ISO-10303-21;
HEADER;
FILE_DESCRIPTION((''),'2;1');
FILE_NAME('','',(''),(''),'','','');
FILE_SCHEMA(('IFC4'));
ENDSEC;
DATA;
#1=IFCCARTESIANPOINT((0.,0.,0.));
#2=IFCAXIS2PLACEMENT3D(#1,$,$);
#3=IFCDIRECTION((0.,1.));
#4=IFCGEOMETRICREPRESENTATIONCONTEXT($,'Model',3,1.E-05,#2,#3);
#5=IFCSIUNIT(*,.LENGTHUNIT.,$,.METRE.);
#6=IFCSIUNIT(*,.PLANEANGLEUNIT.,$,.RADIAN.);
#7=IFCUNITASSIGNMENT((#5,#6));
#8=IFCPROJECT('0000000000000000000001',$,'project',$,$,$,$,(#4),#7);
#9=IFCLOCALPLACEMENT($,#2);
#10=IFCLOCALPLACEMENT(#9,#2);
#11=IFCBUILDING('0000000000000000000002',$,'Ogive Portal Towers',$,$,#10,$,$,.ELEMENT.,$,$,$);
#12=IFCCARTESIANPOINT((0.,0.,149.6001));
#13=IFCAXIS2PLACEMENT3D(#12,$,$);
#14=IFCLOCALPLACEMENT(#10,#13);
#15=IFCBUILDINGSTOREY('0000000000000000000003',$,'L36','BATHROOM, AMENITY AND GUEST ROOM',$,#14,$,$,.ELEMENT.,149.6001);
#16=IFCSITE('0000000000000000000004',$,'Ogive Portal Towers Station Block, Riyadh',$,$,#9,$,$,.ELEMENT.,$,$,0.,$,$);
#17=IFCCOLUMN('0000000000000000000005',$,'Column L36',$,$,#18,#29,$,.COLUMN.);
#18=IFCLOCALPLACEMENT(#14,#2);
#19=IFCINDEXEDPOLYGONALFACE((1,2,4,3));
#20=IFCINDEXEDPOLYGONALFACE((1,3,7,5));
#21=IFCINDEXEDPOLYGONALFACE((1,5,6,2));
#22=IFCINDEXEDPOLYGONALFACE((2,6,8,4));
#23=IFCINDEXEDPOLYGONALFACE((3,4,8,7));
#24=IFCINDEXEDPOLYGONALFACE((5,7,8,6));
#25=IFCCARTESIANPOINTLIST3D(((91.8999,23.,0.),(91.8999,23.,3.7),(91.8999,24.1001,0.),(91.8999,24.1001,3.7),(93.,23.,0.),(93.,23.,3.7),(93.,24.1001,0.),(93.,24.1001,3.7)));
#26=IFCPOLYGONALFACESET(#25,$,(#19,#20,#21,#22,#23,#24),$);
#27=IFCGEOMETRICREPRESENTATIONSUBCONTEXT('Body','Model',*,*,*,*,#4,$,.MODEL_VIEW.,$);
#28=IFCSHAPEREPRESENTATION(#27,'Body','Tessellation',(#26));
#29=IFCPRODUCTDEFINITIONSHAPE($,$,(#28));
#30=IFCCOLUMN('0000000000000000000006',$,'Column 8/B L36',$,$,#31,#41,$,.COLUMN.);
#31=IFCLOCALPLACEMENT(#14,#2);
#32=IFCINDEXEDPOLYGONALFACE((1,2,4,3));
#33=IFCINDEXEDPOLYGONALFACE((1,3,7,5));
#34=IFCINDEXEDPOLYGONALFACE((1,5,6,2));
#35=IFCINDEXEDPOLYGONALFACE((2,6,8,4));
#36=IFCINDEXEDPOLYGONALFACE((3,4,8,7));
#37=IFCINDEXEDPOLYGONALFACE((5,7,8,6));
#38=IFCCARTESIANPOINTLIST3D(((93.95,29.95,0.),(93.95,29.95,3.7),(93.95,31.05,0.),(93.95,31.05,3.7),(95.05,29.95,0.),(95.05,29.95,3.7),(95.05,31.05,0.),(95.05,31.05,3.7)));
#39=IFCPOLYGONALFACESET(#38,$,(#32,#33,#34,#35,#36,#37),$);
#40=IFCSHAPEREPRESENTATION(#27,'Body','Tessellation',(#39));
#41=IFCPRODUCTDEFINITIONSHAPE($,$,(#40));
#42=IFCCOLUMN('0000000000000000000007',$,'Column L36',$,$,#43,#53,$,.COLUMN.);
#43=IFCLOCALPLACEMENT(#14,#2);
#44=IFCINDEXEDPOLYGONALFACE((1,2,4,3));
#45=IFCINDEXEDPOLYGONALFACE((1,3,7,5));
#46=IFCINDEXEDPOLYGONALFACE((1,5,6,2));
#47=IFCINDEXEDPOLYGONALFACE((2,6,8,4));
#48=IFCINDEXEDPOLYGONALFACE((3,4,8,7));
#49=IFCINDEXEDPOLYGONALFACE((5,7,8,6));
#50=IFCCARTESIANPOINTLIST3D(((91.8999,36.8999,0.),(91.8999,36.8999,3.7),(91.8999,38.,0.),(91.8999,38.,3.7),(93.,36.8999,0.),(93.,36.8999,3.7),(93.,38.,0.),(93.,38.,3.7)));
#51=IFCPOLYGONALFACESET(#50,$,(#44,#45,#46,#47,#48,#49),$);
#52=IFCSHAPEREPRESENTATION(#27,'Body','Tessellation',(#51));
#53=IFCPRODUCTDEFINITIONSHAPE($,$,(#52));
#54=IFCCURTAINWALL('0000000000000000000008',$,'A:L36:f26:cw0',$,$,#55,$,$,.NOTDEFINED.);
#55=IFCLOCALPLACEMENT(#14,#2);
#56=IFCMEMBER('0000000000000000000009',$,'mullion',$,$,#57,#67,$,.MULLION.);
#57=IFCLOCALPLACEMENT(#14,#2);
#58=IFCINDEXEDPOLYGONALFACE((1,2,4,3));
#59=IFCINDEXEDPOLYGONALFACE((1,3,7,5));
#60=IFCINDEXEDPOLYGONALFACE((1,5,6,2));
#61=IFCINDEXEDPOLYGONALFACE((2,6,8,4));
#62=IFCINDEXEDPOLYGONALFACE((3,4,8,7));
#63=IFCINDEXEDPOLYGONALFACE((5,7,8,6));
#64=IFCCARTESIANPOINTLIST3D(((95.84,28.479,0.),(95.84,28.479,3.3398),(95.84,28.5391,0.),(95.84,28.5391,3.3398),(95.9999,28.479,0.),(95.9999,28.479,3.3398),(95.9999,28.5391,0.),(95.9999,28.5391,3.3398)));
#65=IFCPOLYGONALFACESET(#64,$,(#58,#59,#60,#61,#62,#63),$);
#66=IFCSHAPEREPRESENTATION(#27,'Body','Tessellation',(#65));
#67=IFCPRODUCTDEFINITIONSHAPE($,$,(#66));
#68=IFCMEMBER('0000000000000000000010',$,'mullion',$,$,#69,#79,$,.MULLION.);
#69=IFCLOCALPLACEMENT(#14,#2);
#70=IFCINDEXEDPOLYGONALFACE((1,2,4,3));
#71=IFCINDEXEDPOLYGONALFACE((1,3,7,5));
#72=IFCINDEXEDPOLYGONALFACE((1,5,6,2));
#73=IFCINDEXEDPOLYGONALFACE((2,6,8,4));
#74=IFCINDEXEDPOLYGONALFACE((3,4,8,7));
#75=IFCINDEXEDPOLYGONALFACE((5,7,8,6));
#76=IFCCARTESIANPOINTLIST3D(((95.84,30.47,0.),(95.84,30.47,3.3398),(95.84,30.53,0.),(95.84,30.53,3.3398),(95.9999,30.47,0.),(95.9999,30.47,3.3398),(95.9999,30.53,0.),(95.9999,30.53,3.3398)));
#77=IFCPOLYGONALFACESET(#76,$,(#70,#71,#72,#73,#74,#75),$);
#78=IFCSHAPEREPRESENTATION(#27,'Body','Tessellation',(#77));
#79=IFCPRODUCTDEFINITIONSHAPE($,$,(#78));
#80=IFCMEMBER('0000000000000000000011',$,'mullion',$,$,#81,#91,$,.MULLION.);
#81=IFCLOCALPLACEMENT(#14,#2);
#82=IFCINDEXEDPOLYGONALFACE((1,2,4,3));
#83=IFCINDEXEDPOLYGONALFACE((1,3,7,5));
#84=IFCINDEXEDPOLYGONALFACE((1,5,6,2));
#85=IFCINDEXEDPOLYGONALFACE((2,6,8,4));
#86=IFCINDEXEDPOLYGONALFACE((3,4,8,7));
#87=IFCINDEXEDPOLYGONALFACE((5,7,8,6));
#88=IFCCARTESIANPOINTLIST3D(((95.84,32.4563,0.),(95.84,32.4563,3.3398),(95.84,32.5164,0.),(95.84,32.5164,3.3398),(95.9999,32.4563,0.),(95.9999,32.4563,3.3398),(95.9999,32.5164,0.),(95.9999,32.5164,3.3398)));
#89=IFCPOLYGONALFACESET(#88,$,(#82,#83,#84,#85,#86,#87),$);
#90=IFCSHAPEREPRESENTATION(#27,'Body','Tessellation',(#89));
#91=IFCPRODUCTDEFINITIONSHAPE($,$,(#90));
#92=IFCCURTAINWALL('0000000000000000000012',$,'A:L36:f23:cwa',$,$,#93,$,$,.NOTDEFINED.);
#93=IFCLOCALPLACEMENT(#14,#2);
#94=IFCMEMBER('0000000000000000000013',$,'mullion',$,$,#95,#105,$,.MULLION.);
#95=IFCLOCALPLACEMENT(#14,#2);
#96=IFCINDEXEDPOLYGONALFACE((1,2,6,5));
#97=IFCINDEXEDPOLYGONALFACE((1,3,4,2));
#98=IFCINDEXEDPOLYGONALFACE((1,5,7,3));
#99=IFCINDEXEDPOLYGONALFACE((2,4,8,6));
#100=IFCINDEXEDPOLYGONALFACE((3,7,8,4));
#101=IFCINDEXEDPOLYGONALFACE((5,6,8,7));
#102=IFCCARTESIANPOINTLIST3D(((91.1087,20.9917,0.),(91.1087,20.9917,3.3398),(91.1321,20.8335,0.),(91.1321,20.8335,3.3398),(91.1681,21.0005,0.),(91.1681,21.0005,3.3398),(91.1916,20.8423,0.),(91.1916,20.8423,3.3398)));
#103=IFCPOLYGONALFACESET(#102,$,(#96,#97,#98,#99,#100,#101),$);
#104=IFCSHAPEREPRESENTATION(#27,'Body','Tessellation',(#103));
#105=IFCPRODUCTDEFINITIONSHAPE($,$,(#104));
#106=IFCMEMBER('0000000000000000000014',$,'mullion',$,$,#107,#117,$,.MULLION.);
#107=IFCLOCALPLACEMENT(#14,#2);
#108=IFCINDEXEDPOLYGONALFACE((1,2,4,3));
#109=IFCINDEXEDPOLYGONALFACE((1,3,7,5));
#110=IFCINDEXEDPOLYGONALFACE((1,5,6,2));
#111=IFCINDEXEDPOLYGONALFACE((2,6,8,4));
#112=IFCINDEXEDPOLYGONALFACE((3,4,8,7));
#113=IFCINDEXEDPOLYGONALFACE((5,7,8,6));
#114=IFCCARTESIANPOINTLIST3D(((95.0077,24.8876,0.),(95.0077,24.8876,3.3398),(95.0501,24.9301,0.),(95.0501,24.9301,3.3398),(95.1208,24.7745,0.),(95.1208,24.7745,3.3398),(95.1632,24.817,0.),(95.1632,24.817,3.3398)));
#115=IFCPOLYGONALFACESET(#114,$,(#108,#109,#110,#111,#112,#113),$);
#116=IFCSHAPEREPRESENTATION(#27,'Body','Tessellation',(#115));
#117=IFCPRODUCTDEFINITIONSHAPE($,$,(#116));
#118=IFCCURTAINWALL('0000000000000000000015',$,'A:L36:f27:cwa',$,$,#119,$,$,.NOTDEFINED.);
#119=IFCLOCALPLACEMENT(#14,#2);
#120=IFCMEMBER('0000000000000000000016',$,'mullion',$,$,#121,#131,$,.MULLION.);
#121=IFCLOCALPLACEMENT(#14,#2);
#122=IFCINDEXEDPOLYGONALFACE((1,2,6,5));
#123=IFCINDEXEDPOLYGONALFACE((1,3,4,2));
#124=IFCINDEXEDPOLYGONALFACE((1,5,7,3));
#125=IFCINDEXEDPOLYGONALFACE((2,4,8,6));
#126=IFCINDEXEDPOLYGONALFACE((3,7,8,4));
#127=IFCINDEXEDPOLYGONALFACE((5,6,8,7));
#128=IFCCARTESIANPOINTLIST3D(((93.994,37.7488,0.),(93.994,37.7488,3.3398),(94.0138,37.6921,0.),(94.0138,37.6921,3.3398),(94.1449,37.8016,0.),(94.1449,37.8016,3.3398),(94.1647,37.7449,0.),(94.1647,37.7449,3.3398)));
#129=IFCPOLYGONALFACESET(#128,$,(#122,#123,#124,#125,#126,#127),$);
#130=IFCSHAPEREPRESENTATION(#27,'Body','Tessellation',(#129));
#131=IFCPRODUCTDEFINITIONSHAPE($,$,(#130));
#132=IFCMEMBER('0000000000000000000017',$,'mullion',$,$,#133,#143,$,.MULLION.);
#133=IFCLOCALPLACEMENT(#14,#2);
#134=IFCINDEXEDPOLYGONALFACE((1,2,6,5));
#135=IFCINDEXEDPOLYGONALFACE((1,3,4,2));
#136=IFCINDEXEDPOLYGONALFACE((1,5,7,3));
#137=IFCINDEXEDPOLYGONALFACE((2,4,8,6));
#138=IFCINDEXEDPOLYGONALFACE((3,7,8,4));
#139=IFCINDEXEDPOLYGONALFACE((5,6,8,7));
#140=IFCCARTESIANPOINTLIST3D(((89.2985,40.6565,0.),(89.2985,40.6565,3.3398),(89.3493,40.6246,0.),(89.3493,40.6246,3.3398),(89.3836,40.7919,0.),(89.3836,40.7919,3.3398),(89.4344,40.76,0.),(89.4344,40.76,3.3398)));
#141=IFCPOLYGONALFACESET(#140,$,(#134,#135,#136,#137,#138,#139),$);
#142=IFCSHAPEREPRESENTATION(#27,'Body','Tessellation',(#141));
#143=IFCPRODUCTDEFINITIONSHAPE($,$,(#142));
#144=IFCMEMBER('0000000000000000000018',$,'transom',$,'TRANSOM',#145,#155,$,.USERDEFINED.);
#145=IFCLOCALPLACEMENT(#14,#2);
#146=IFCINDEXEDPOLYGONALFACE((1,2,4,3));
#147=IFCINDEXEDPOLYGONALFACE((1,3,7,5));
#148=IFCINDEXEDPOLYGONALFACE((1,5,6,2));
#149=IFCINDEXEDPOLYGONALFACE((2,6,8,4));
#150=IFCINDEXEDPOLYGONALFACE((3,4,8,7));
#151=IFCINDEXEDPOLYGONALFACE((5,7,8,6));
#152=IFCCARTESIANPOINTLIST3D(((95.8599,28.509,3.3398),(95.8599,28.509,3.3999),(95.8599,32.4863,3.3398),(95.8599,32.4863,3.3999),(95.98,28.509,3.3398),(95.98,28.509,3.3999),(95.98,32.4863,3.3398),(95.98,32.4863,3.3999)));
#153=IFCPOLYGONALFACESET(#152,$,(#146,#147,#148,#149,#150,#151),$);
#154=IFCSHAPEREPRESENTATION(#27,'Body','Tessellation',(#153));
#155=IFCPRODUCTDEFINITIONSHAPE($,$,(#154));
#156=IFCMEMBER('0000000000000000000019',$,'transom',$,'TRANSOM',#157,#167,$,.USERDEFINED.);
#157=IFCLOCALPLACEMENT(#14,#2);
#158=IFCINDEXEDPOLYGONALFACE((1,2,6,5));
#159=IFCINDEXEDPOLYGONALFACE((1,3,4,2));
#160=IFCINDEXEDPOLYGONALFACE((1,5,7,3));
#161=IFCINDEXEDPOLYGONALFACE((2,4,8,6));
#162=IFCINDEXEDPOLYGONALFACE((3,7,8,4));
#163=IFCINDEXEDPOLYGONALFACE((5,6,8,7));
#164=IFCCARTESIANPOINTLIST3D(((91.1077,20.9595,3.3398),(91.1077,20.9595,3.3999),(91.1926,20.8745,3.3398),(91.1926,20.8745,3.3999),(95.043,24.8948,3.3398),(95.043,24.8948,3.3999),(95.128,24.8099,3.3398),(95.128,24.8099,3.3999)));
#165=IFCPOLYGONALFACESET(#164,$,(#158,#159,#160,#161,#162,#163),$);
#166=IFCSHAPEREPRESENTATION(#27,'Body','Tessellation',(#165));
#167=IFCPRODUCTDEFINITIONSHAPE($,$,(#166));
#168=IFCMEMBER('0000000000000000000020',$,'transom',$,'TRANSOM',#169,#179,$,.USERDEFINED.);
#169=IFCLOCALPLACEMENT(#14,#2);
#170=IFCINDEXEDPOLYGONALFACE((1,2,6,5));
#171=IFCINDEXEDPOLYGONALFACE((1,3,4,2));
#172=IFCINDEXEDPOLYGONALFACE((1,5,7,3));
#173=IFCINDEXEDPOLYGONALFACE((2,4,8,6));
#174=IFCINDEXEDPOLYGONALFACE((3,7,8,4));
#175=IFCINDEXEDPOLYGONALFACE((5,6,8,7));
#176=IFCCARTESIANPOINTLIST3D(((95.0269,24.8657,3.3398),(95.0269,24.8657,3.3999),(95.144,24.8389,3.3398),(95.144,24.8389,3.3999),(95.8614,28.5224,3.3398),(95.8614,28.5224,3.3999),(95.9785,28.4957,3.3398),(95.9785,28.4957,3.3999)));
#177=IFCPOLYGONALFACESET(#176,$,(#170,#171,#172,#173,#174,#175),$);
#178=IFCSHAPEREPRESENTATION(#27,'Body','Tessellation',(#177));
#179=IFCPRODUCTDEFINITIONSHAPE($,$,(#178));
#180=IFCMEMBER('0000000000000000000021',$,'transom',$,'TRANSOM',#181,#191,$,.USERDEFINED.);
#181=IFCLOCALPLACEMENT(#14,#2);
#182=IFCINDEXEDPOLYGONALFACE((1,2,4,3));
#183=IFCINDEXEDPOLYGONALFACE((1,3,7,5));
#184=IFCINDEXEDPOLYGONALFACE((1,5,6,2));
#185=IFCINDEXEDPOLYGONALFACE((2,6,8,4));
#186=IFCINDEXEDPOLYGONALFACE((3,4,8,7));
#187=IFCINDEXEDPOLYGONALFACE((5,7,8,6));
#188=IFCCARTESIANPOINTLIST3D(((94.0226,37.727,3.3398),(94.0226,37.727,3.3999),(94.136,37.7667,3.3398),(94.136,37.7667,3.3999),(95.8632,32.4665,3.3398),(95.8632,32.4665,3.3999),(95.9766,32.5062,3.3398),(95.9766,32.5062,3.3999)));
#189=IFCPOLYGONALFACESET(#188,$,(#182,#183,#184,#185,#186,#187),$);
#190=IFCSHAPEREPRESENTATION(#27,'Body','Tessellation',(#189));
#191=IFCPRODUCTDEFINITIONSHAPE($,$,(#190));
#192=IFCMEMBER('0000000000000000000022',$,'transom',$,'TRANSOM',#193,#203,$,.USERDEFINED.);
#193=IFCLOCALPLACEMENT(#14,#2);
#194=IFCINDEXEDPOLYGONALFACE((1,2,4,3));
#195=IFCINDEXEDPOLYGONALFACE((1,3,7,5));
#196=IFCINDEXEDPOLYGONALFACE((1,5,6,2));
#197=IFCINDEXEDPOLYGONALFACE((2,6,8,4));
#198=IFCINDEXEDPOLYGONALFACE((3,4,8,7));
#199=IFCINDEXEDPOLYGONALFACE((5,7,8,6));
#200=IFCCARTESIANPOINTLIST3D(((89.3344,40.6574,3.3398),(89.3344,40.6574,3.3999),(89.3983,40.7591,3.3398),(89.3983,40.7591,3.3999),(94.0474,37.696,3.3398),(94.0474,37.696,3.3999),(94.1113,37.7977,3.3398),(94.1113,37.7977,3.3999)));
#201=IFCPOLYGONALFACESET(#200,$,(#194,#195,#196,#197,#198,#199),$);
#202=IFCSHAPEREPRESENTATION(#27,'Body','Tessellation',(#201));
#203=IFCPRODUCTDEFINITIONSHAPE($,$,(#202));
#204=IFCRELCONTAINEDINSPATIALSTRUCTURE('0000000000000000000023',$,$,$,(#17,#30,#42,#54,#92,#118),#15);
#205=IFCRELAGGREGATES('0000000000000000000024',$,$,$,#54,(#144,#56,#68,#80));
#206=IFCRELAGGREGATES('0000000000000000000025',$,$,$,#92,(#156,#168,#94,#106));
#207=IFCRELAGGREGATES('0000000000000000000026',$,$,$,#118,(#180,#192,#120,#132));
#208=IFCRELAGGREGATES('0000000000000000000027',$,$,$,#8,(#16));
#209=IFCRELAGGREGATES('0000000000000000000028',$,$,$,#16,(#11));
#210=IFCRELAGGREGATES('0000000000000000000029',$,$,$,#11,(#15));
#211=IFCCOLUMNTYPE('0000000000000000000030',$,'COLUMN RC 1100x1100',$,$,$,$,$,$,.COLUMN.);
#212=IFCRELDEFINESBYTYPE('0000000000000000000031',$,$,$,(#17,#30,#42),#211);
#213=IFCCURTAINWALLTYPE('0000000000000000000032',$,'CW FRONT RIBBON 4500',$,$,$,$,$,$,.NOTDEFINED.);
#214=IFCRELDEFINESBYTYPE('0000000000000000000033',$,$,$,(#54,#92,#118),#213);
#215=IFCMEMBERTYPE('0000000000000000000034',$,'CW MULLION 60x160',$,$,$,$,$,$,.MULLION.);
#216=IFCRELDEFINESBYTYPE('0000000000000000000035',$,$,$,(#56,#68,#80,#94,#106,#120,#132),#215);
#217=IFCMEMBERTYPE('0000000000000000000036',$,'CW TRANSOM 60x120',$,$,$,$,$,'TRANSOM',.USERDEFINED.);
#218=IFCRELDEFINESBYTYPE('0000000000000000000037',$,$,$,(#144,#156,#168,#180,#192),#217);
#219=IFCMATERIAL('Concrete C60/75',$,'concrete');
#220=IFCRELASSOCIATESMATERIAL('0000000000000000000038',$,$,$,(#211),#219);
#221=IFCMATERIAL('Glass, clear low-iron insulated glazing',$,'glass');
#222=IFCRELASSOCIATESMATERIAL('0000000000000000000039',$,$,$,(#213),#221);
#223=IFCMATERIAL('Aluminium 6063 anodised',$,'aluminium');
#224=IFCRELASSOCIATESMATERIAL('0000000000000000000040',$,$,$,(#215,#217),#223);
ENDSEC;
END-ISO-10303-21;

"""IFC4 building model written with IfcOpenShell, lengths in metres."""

from ifc_helpers import new_model, si_unit, direction, frame, origin, origin_2d, place, context, subcontext, project, spatial, rectangle, extrude, material, material_profile, profile_set, type_object, element, aggregate, save


model = new_model("IFC4")

# Units and contexts
model_context = context("Model", 3, precision=1e-05, world=origin(), true_north=direction((0.0, 1.0)))
body_context = subcontext(model_context, "Body", "Model", "MODEL_VIEW")
ifc_project = project(units=[si_unit("LENGTHUNIT", "METRE"), si_unit("PLANEANGLEUNIT", "RADIAN")], contexts=[model_context])

# Site, building, storey
site_placement = place(None, origin())
site = spatial("IfcSite", under=ifc_project, at=site_placement, Name="Ogive Portal Towers Station Block, Riyadh", CompositionType="ELEMENT", RefElevation=0.0)
building_placement = place(site_placement, origin())
building = spatial("IfcBuilding", under=site, at=building_placement, Name="Ogive Portal Towers", CompositionType="ELEMENT")
storey_placement = place(building_placement, frame((0.0, 0.0, 149.6001)))
storey = spatial("IfcBuildingStorey", under=building, at=storey_placement, Name="L36", Description="BATHROOM, AMENITY AND GUEST ROOM", CompositionType="ELEMENT", Elevation=149.6001)

# Columns
ifc_material_1 = material(Name="Concrete C60/75", Category="concrete")
ifc_material_profile_1 = material_profile(ifc_material_1, rectangle(XDim=1.1001, YDim=1.1001, at=origin_2d()), Name="RC 1100x1100")
ifc_profile_set_1 = profile_set([ifc_material_profile_1], Name="Concrete C60/75")
column_type = type_object("IfcColumnType", Name="COLUMN RC 1100x1100", PredefinedType="COLUMN", material=ifc_profile_set_1)
for number, where, z_axis, x_axis, name in (
    (1, (92.45, 23.55, 0.0), (0.0, 0.0, 1.0), (1.0, 0.0, 0.0), "Column L36"),
    (2, (94.5, 30.5, 0.0), (0.0, 0.0, 1.0), (1.0, 0.0, 0.0), "Column 8/B L36"),
    (3, (92.45, 37.45, 0.0), (0.0, 0.0, 1.0), (1.0, 0.0, 0.0), "Column L36"),
):
    element("IfcColumn", number, at=place(storey_placement, frame(where, z_axis=z_axis, x_axis=x_axis)), inside=storey, type_object=column_type, Name=name, PredefinedType="COLUMN", context=body_context, shape_type="SweptSolid", body=[
        extrude(rectangle(XDim=1.1001, YDim=1.1001, at=origin_2d()), origin(), (0.0, 0.0, 1.0), 3.7),
    ])

# Curtain walls, members
ifc_material_2 = material(Name="Glass, clear low-iron insulated glazing", Category="glass")
curtain_wall_type = type_object("IfcCurtainWallType", Name="CW FRONT RIBBON 4500", PredefinedType="NOTDEFINED", material=ifc_material_2)
curtain_wall_1_placement = place(storey_placement, origin())
curtain_wall_1 = element("IfcCurtainWall", 4, at=curtain_wall_1_placement, inside=storey, type_object=curtain_wall_type, Name="A:L36:f26:cw0", PredefinedType="NOTDEFINED")
ifc_material_3 = material(Name="Aluminium 6063 anodised", Category="aluminium")
ifc_material_profile_2 = material_profile(ifc_material_3, rectangle(XDim=0.1599, YDim=0.0601, at=origin_2d()), Name="AL 60x160")
ifc_profile_set_2 = profile_set([ifc_material_profile_2], Name="Aluminium 6063 anodised")
member_type_1 = type_object("IfcMemberType", Name="CW MULLION 60x160", PredefinedType="MULLION", material=ifc_profile_set_2)
member_1_placement = place(storey_placement, frame((95.9199, 28.509, 0.0), z_axis=(0.0, 0.0, 1.0), x_axis=(-1.0, 0.0, 0.0)))
member_1 = element("IfcMember", 5, at=member_1_placement, type_object=member_type_1, Name="mullion", PredefinedType="MULLION", context=body_context, shape_type="SweptSolid", body=[
    extrude(rectangle(XDim=0.1599, YDim=0.0601, at=origin_2d()), origin(), (0.0, 0.0, 1.0), 3.3398),
])
member_2_placement = place(storey_placement, frame((95.9199, 30.5, 0.0), z_axis=(0.0, 0.0, 1.0), x_axis=(-1.0, 0.0, 0.0)))
member_2 = element("IfcMember", 6, at=member_2_placement, type_object=member_type_1, Name="mullion", PredefinedType="MULLION", context=body_context, shape_type="SweptSolid", body=[
    extrude(rectangle(XDim=0.1599, YDim=0.0601, at=origin_2d()), origin(), (0.0, 0.0, 1.0), 3.3398),
])
member_3_placement = place(storey_placement, frame((95.9199, 32.4863, 0.0), z_axis=(0.0, 0.0, 1.0), x_axis=(-1.0, 0.0, 0.0)))
member_3 = element("IfcMember", 7, at=member_3_placement, type_object=member_type_1, Name="mullion", PredefinedType="MULLION", context=body_context, shape_type="SweptSolid", body=[
    extrude(rectangle(XDim=0.1599, YDim=0.0601, at=origin_2d()), origin(), (0.0, 0.0, 1.0), 3.3398),
])
curtain_wall_2_placement = place(storey_placement, origin())
curtain_wall_2 = element("IfcCurtainWall", 8, at=curtain_wall_2_placement, inside=storey, type_object=curtain_wall_type, Name="A:L36:f23:cwa", PredefinedType="NOTDEFINED")
member_4_placement = place(storey_placement, frame((91.1501, 20.917, 0.0), z_axis=(0.0, 0.0, 1.0), x_axis=(-0.146395, 0.989226, 0.0)))
member_4 = element("IfcMember", 9, at=member_4_placement, type_object=member_type_1, Name="mullion", PredefinedType="MULLION", context=body_context, shape_type="SweptSolid", body=[
    extrude(rectangle(XDim=0.1599, YDim=0.0601, at=origin_2d()), origin(), (0.0, 0.0, 1.0), 3.3398),
])
member_5_placement = place(storey_placement, frame((95.0854, 24.8523, 0.0), z_axis=(0.0, 0.0, 1.0), x_axis=(-0.707107, 0.707107, 0.0)))
member_5 = element("IfcMember", 10, at=member_5_placement, type_object=member_type_1, Name="mullion", PredefinedType="MULLION", context=body_context, shape_type="SweptSolid", body=[
    extrude(rectangle(XDim=0.1599, YDim=0.0601, at=origin_2d()), origin(), (0.0, 0.0, 1.0), 3.3398),
])
curtain_wall_3_placement = place(storey_placement, origin())
curtain_wall_3 = element("IfcCurtainWall", 11, at=curtain_wall_3_placement, inside=storey, type_object=curtain_wall_type, Name="A:L36:f27:cwa", PredefinedType="NOTDEFINED")
member_6_placement = place(storey_placement, frame((94.0793, 37.7468, 0.0), z_axis=(0.0, 0.0, 1.0), x_axis=(-0.943883, -0.330279, 0.0)))
member_6 = element("IfcMember", 12, at=member_6_placement, type_object=member_type_1, Name="mullion", PredefinedType="MULLION", context=body_context, shape_type="SweptSolid", body=[
    extrude(rectangle(XDim=0.1599, YDim=0.0601, at=origin_2d()), origin(), (0.0, 0.0, 1.0), 3.3398),
])
member_7_placement = place(storey_placement, frame((89.3665, 40.7083, 0.0), z_axis=(0.0, 0.0, 1.0), x_axis=(-0.532032, -0.846724, 0.0)))
member_7 = element("IfcMember", 13, at=member_7_placement, type_object=member_type_1, Name="mullion", PredefinedType="MULLION", context=body_context, shape_type="SweptSolid", body=[
    extrude(rectangle(XDim=0.1599, YDim=0.0601, at=origin_2d()), origin(), (0.0, 0.0, 1.0), 3.3398),
])

# Members
ifc_material_profile_3 = material_profile(ifc_material_3, rectangle(XDim=0.1201, YDim=0.0601, at=origin_2d()), Name="AL 120x60")
ifc_profile_set_3 = profile_set([ifc_material_profile_3], Name="Aluminium 6063 anodised")
member_type_2 = type_object("IfcMemberType", Name="CW TRANSOM 60x120", ElementType="TRANSOM", PredefinedType="USERDEFINED", material=ifc_profile_set_3)
member_8_placement = place(storey_placement, frame((95.9199, 28.509, 3.3699), z_axis=(0.0, 1.0, 0.0), x_axis=(-1.0, 0.0, 0.0)))
member_8 = element("IfcMember", 14, at=member_8_placement, type_object=member_type_2, Name="transom", ObjectType="TRANSOM", PredefinedType="USERDEFINED", context=body_context, shape_type="SweptSolid", body=[
    extrude(rectangle(XDim=0.1201, YDim=0.0601, at=origin_2d()), origin(), (0.0, 0.0, 1.0), 3.9773),
])
member_9_placement = place(storey_placement, frame((91.1501, 20.917, 3.3699), z_axis=(0.707107, 0.707107, 0.0), x_axis=(-0.707107, 0.707107, 0.0)))
member_9 = element("IfcMember", 15, at=member_9_placement, type_object=member_type_2, Name="transom", ObjectType="TRANSOM", PredefinedType="USERDEFINED", context=body_context, shape_type="SweptSolid", body=[
    extrude(rectangle(XDim=0.1201, YDim=0.0601, at=origin_2d()), origin(), (0.0, 0.0, 1.0), 5.5654),
])
member_10_placement = place(storey_placement, frame((95.0854, 24.8523, 3.3699), z_axis=(0.222482, 0.974937, 0.0), x_axis=(-0.974937, 0.222482, 0.0)))
member_10 = element("IfcMember", 16, at=member_10_placement, type_object=member_type_2, Name="transom", ObjectType="TRANSOM", PredefinedType="USERDEFINED", context=body_context, shape_type="SweptSolid", body=[
    extrude(rectangle(XDim=0.1201, YDim=0.0601, at=origin_2d()), origin(), (0.0, 0.0, 1.0), 3.7507),
])
member_11_placement = place(storey_placement, frame((95.9199, 32.4863, 3.3699), z_axis=(-0.330255, 0.943892, 0.0), x_axis=(-0.943892, -0.330255, 0.0)))
member_11 = element("IfcMember", 17, at=member_11_placement, type_object=member_type_2, Name="transom", ObjectType="TRANSOM", PredefinedType="USERDEFINED", context=body_context, shape_type="SweptSolid", body=[
    extrude(rectangle(XDim=0.1201, YDim=0.0601, at=origin_2d()), origin(), (0.0, 0.0, 1.0), 5.5732),
])
member_12_placement = place(storey_placement, frame((94.0793, 37.7468, 3.3699), z_axis=(-0.846714, 0.532048, 0.0), x_axis=(-0.532048, -0.846714, 0.0)))
member_12 = element("IfcMember", 18, at=member_12_placement, type_object=member_type_2, Name="transom", ObjectType="TRANSOM", PredefinedType="USERDEFINED", context=body_context, shape_type="SweptSolid", body=[
    extrude(rectangle(XDim=0.1201, YDim=0.0601, at=origin_2d()), origin(), (0.0, 0.0, 1.0), 5.5662),
])

aggregate(curtain_wall_1, [member_8, member_1, member_2, member_3])
aggregate(curtain_wall_2, [member_9, member_10, member_4, member_5])
aggregate(curtain_wall_3, [member_11, member_12, member_6, member_7])

save(model, "model.ifc")
